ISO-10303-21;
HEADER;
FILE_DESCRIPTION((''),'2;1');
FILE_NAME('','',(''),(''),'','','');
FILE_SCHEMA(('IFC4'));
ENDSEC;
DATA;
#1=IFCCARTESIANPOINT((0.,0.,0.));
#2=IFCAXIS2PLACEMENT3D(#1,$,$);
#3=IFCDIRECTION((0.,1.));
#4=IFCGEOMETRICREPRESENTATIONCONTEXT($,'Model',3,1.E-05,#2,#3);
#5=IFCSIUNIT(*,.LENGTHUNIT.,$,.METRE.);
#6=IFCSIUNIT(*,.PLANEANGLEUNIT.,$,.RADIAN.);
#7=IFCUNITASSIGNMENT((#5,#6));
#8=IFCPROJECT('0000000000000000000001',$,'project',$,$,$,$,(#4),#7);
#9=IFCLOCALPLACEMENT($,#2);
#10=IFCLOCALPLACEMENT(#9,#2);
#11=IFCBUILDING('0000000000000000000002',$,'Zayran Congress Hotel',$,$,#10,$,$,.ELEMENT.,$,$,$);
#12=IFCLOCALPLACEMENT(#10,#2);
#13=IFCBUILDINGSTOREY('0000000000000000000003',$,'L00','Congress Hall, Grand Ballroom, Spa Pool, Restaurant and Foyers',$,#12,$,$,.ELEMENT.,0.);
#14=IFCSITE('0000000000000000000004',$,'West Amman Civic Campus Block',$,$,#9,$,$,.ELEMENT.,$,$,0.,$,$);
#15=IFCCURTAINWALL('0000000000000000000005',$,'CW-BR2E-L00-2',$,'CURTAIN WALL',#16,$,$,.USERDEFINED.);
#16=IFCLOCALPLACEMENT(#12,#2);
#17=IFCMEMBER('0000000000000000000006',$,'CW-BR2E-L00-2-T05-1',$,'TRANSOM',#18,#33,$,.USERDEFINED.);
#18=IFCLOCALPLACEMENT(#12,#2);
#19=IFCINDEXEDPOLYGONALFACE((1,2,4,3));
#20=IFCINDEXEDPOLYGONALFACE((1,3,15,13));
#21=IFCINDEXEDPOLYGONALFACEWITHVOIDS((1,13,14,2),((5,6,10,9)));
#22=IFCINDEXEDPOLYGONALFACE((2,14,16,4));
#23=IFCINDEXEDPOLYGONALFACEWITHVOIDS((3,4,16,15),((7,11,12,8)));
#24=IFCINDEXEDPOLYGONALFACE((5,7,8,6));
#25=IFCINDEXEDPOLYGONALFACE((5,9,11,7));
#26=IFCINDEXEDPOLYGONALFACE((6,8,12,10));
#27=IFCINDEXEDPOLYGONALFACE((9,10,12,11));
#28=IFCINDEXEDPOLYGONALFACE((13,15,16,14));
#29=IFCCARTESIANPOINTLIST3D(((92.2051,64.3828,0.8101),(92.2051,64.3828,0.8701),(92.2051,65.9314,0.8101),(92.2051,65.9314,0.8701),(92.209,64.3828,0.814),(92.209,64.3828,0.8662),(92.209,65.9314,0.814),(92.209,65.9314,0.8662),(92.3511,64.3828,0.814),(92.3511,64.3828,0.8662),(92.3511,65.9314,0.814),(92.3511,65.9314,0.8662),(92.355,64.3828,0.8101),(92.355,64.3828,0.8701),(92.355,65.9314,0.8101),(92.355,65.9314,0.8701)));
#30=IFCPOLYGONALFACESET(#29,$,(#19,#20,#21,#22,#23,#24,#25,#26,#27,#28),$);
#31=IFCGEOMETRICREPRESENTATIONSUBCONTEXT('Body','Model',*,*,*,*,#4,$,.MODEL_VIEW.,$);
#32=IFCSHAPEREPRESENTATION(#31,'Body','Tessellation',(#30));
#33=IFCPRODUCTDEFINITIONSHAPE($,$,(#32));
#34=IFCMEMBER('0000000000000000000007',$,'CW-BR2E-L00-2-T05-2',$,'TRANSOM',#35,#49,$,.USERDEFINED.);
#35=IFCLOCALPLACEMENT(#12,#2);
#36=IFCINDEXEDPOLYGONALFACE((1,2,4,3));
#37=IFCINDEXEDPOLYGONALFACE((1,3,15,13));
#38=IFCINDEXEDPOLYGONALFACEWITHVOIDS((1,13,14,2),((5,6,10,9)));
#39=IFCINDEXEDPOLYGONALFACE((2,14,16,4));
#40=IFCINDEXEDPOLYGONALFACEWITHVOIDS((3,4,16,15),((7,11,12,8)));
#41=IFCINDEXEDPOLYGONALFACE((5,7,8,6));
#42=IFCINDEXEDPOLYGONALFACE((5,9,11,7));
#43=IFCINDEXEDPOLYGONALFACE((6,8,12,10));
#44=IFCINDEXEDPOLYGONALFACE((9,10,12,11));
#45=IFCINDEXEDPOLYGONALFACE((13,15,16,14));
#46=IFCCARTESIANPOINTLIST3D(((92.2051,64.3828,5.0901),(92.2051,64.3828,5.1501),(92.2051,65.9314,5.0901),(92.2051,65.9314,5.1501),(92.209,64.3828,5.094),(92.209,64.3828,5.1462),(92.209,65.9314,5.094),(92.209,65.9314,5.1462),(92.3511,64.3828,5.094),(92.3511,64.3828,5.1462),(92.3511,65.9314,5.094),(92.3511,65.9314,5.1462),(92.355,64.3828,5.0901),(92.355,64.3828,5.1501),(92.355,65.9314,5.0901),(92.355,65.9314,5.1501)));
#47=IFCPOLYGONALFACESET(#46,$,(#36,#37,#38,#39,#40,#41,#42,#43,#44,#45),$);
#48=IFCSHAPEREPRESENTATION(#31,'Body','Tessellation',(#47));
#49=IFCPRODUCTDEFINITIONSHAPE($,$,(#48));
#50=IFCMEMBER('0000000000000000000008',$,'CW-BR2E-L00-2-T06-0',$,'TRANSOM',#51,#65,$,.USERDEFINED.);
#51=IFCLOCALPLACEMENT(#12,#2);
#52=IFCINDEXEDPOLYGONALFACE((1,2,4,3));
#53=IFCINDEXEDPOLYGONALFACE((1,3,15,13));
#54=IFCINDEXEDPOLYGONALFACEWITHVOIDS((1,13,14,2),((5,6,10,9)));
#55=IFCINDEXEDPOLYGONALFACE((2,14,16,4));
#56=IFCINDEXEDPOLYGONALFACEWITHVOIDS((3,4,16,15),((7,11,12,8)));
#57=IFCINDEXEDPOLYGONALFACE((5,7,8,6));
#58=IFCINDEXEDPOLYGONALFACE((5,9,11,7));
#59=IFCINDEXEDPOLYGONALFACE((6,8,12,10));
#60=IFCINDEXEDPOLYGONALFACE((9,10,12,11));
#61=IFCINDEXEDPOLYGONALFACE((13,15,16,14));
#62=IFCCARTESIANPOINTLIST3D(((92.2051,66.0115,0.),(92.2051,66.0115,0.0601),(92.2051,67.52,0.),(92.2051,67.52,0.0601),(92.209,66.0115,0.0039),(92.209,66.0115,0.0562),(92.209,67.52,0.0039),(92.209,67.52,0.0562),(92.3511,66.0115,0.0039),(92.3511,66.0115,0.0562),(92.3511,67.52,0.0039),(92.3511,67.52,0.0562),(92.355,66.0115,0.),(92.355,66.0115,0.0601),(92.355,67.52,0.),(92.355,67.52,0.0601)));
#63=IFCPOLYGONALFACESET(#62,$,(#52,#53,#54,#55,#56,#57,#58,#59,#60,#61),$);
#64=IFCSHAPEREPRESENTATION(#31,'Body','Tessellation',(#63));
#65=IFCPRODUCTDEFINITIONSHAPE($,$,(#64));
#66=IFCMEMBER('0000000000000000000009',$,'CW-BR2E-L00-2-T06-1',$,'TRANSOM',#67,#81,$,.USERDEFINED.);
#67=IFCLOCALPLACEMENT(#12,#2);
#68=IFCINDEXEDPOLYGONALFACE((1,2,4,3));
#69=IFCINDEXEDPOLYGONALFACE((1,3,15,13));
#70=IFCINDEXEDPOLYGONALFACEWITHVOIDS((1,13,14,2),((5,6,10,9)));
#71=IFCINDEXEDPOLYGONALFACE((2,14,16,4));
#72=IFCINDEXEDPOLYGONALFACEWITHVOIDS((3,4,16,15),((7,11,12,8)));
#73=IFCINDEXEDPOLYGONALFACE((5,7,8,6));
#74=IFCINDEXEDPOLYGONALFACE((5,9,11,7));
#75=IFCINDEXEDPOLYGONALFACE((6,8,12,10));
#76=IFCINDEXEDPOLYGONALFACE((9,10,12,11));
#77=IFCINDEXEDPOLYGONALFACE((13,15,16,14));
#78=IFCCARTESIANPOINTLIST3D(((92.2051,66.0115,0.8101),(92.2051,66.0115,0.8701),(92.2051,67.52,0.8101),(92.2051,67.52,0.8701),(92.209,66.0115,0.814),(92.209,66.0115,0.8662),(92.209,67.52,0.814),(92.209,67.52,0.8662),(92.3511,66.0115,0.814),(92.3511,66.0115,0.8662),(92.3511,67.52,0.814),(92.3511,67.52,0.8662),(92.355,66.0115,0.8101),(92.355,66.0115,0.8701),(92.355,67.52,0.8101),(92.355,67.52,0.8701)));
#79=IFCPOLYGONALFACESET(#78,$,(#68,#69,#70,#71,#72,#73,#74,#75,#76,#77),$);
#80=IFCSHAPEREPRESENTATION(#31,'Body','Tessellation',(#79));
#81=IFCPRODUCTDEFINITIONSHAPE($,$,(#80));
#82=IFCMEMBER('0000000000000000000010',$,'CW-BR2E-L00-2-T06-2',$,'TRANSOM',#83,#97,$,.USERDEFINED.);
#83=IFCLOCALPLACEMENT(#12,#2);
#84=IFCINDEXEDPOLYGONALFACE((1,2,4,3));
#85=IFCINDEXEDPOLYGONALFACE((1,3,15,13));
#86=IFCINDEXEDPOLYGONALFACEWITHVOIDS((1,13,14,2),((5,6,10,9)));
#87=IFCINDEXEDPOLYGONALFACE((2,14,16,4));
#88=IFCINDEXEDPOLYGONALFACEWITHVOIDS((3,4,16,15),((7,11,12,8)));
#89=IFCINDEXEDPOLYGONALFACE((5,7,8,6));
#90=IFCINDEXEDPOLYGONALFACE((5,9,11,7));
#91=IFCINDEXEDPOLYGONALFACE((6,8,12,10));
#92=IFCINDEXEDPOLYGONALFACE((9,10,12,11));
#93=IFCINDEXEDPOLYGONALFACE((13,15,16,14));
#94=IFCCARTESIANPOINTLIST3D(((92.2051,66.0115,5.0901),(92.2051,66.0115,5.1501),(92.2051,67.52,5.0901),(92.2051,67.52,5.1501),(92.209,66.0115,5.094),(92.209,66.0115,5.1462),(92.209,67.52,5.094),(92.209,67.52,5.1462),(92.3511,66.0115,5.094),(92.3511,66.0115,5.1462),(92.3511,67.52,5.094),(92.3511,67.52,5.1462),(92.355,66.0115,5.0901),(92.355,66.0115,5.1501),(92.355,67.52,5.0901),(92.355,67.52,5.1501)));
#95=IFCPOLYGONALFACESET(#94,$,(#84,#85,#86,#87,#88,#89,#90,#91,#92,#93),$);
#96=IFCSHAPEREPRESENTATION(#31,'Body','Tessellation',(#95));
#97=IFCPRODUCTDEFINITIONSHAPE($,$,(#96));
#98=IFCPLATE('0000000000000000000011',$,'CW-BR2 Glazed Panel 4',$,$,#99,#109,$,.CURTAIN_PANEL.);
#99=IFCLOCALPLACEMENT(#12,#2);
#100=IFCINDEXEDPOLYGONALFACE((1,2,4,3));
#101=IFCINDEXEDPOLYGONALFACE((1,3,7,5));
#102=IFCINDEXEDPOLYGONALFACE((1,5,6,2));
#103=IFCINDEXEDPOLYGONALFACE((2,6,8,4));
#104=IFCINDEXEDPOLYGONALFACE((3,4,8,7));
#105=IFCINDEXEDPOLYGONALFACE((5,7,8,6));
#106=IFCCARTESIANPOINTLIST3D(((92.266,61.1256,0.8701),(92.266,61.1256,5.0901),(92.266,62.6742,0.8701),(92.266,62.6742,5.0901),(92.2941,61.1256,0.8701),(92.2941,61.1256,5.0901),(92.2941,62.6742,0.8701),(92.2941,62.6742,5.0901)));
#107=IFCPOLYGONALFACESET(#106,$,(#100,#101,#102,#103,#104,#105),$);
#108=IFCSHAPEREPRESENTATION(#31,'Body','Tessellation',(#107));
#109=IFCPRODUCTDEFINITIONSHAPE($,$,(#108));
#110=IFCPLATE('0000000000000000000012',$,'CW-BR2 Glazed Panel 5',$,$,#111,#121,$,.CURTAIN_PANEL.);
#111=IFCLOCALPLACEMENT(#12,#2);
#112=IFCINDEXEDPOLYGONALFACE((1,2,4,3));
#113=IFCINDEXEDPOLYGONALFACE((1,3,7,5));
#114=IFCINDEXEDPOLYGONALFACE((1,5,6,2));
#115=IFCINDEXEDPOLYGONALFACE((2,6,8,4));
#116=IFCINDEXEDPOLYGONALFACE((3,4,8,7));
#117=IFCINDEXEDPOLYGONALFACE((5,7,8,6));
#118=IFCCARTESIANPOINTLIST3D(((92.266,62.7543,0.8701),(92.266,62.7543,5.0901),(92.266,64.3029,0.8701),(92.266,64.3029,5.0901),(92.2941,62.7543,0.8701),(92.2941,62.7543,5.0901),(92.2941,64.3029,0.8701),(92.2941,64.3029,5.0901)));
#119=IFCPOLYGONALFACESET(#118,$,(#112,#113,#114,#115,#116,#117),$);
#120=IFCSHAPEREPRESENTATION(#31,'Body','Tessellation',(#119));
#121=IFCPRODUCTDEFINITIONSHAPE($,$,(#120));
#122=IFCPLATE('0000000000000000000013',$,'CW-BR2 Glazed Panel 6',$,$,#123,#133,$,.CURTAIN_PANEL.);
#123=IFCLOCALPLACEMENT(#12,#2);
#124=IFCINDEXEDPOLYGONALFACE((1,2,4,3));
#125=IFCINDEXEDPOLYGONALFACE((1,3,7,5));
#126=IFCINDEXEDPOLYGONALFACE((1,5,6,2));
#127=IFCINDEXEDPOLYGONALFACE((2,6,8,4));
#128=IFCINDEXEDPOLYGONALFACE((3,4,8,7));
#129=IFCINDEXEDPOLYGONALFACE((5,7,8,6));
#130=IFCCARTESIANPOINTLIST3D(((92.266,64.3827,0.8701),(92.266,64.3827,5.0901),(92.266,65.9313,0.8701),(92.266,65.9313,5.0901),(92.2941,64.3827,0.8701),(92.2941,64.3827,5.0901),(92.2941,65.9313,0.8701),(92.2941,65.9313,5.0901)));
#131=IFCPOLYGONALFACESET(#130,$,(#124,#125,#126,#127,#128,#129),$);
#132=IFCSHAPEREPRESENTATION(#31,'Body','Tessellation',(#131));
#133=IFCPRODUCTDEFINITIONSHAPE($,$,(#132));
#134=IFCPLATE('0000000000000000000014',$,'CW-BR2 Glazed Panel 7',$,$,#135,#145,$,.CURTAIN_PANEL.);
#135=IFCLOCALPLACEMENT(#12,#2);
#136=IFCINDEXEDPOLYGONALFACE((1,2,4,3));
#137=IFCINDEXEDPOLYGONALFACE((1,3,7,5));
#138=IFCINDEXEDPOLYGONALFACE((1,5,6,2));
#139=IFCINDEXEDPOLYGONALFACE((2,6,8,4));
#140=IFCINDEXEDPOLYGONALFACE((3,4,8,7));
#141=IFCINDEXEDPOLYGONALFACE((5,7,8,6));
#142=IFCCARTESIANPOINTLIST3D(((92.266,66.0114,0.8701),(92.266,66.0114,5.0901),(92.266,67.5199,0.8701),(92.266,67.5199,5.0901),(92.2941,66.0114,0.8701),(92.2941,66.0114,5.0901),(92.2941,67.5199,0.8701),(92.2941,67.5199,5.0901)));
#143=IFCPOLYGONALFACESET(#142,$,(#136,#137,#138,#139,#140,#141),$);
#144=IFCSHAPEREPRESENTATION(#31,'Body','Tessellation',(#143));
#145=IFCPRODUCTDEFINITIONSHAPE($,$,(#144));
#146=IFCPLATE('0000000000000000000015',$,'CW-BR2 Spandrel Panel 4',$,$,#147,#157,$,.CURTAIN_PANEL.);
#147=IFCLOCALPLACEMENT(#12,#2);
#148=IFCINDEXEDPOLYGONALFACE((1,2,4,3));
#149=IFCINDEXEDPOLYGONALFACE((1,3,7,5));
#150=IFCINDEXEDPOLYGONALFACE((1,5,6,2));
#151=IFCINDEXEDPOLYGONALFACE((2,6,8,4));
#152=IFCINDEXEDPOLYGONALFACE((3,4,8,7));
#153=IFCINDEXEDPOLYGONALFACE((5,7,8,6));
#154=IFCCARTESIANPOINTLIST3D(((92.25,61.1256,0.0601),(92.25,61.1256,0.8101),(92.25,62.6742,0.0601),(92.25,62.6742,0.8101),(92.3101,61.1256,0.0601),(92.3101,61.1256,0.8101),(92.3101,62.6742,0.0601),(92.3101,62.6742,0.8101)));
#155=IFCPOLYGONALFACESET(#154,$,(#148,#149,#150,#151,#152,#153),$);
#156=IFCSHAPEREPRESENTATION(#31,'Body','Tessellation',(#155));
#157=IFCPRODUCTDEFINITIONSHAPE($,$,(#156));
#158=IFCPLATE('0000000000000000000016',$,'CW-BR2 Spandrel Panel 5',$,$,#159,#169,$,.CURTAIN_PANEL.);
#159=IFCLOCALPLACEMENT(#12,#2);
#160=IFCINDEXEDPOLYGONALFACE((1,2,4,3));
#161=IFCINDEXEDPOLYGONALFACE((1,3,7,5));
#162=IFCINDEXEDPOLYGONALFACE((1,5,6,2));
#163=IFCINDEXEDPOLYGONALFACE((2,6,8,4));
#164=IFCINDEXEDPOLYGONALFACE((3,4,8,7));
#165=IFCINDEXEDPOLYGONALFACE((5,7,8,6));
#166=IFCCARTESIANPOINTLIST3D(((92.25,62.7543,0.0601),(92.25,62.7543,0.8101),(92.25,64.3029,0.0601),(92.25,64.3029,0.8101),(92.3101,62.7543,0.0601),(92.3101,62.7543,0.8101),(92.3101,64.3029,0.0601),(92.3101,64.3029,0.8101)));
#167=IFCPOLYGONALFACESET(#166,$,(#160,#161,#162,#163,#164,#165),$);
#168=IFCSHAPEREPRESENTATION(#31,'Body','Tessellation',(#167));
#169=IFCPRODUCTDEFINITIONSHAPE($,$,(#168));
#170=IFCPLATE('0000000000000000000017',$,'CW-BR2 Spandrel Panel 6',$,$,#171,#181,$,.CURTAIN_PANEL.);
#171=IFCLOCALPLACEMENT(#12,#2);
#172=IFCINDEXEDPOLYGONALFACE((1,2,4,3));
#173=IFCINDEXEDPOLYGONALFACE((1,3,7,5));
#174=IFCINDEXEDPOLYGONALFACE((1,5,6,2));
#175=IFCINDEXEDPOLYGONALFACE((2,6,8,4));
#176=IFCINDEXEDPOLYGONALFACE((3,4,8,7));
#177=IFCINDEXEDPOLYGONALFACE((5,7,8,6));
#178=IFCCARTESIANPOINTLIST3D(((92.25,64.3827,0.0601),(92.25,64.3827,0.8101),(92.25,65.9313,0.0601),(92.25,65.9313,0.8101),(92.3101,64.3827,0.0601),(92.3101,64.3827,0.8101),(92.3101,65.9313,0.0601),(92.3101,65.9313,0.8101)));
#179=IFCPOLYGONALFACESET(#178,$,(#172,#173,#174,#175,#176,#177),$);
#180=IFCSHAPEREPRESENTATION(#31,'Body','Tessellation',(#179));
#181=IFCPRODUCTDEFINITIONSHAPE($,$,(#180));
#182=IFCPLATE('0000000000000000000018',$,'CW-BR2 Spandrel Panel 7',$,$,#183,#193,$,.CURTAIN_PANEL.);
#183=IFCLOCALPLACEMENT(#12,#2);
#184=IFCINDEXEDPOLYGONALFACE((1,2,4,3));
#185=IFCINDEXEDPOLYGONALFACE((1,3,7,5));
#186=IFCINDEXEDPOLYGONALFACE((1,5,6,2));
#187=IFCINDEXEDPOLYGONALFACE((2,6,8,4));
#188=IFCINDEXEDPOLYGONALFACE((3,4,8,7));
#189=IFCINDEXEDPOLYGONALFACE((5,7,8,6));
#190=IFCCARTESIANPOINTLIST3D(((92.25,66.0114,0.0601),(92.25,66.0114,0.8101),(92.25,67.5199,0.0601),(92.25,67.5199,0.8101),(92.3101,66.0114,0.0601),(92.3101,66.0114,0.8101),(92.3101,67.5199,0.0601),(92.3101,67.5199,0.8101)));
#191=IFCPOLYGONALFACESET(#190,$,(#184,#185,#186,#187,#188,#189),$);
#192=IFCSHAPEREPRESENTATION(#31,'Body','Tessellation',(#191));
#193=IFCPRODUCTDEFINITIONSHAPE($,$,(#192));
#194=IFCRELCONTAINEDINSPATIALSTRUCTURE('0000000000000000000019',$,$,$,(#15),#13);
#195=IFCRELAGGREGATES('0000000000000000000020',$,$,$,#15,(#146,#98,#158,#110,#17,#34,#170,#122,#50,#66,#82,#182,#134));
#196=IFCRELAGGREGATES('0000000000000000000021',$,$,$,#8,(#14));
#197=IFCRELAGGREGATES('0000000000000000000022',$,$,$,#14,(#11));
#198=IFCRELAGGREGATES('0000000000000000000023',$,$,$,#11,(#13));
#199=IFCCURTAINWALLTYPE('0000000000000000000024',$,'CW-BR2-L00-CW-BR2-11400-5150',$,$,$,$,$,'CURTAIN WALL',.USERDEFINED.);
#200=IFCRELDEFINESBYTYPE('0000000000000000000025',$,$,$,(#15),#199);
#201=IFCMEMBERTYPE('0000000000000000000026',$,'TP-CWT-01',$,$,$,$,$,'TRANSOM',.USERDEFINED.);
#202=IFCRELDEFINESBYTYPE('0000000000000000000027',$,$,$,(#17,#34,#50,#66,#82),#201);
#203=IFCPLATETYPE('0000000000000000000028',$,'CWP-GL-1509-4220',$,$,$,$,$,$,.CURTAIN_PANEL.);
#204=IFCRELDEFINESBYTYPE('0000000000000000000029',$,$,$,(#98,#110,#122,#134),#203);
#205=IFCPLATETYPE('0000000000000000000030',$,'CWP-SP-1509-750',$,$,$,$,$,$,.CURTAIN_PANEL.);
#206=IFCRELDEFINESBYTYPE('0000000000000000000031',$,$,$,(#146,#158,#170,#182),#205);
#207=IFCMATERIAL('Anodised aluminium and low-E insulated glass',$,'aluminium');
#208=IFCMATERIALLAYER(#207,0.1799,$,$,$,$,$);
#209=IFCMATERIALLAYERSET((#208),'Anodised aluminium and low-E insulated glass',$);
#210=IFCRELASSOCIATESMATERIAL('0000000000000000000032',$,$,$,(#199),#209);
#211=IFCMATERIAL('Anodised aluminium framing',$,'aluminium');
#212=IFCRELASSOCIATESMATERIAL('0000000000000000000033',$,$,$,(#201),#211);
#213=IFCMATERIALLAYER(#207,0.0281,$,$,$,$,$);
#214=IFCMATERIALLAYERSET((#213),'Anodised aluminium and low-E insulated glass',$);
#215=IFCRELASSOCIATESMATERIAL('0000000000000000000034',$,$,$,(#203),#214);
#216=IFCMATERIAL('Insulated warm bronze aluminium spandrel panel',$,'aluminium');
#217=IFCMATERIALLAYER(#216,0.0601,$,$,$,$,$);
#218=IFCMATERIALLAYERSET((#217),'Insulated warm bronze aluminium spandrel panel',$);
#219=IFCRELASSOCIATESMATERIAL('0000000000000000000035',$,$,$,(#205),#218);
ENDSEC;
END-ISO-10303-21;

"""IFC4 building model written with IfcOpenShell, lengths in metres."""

from ifc_helpers import new_model, si_unit, direction, frame, origin, origin_2d, place, context, subcontext, project, spatial, rectangle, hollow_rectangle, extrude, material, layer, layer_set, material_profile, profile_set, type_object, element, aggregate, save


model = new_model("IFC4")

# Units and contexts
model_context = context("Model", 3, precision=1e-05, world=origin(), true_north=direction((0.0, 1.0)))
body_context = subcontext(model_context, "Body", "Model", "MODEL_VIEW")
ifc_project = project(units=[si_unit("LENGTHUNIT", "METRE"), si_unit("PLANEANGLEUNIT", "RADIAN")], contexts=[model_context])

# Site, building, storey
site_placement = place(None, origin())
site = spatial("IfcSite", under=ifc_project, at=site_placement, Name="West Amman Civic Campus Block", CompositionType="ELEMENT", RefElevation=0.0)
building_placement = place(site_placement, origin())
building = spatial("IfcBuilding", under=site, at=building_placement, Name="Zayran Congress Hotel", CompositionType="ELEMENT")
storey_placement = place(building_placement, origin())
storey = spatial("IfcBuildingStorey", under=building, at=storey_placement, Name="L00", Description="Congress Hall, Grand Ballroom, Spa Pool, Restaurant and Foyers", CompositionType="ELEMENT", Elevation=0.0)

# Curtain wall, members, plates
ifc_material_1 = material(Name="Anodised aluminium and low-E insulated glass", Category="aluminium")
ifc_layer_1 = layer(ifc_material_1, 0.1799)
ifc_layer_set_1 = layer_set([ifc_layer_1], Name="Anodised aluminium and low-E insulated glass")
curtain_wall_type = type_object("IfcCurtainWallType", Name="CW-BR2-L00-CW-BR2-11400-5150", ElementType="CURTAIN WALL", PredefinedType="USERDEFINED", material=ifc_layer_set_1)
curtain_wall_placement = place(storey_placement, origin())
curtain_wall = element("IfcCurtainWall", 1, at=curtain_wall_placement, inside=storey, type_object=curtain_wall_type, Name="CW-BR2E-L00-2", ObjectType="CURTAIN WALL", PredefinedType="USERDEFINED")
ifc_material_2 = material(Name="Anodised aluminium framing", Category="aluminium")
ifc_material_profile_1 = material_profile(ifc_material_2, hollow_rectangle(XDim=0.0601, YDim=0.1499, WallThickness=0.0039, at=origin_2d()), Name="RHS 150x60x4")
ifc_profile_set_1 = profile_set([ifc_material_profile_1], Name="Anodised aluminium framing")
member_type_1 = type_object("IfcMemberType", Name="TP-CWT-01", ElementType="TRANSOM", PredefinedType="USERDEFINED", material=ifc_profile_set_1)
member_1_placement = place(storey_placement, frame((92.28, 64.3828, 0.8401), z_axis=(0.0, 1.0, 0.0), x_axis=(0.0, 0.0, 1.0)))
member_1 = element("IfcMember", 2, at=member_1_placement, type_object=member_type_1, Name="CW-BR2E-L00-2-T05-1", ObjectType="TRANSOM", PredefinedType="USERDEFINED", context=body_context, shape_type="SweptSolid", body=[
    extrude(hollow_rectangle(XDim=0.0601, YDim=0.1499, WallThickness=0.0039, at=origin_2d()), origin(), (0.0, 0.0, 1.0), 1.5486),
])
member_2_placement = place(storey_placement, frame((92.28, 64.3828, 5.1201), z_axis=(0.0, 1.0, 0.0), x_axis=(0.0, 0.0, 1.0)))
member_2 = element("IfcMember", 3, at=member_2_placement, type_object=member_type_1, Name="CW-BR2E-L00-2-T05-2", ObjectType="TRANSOM", PredefinedType="USERDEFINED", context=body_context, shape_type="SweptSolid", body=[
    extrude(hollow_rectangle(XDim=0.0601, YDim=0.1499, WallThickness=0.0039, at=origin_2d()), origin(), (0.0, 0.0, 1.0), 1.5486),
])
member_3_placement = place(storey_placement, frame((92.28, 66.0115, 0.03), z_axis=(0.0, 1.0, 0.0), x_axis=(0.0, 0.0, 1.0)))
member_3 = element("IfcMember", 4, at=member_3_placement, type_object=member_type_1, Name="CW-BR2E-L00-2-T06-0", ObjectType="TRANSOM", PredefinedType="USERDEFINED", context=body_context, shape_type="SweptSolid", body=[
    extrude(hollow_rectangle(XDim=0.0601, YDim=0.1499, WallThickness=0.0039, at=origin_2d()), origin(), (0.0, 0.0, 1.0), 1.5085),
])
member_4_placement = place(storey_placement, frame((92.28, 66.0115, 0.8401), z_axis=(0.0, 1.0, 0.0), x_axis=(0.0, 0.0, 1.0)))
member_4 = element("IfcMember", 5, at=member_4_placement, type_object=member_type_1, Name="CW-BR2E-L00-2-T06-1", ObjectType="TRANSOM", PredefinedType="USERDEFINED", context=body_context, shape_type="SweptSolid", body=[
    extrude(hollow_rectangle(XDim=0.0601, YDim=0.1499, WallThickness=0.0039, at=origin_2d()), origin(), (0.0, 0.0, 1.0), 1.5085),
])
member_5_placement = place(storey_placement, frame((92.28, 66.0115, 5.1201), z_axis=(0.0, 1.0, 0.0), x_axis=(0.0, 0.0, 1.0)))
member_5 = element("IfcMember", 6, at=member_5_placement, type_object=member_type_1, Name="CW-BR2E-L00-2-T06-2", ObjectType="TRANSOM", PredefinedType="USERDEFINED", context=body_context, shape_type="SweptSolid", body=[
    extrude(hollow_rectangle(XDim=0.0601, YDim=0.1499, WallThickness=0.0039, at=origin_2d()), origin(), (0.0, 0.0, 1.0), 1.5085),
])
ifc_layer_2 = layer(ifc_material_1, 0.0281)
ifc_layer_set_2 = layer_set([ifc_layer_2], Name="Anodised aluminium and low-E insulated glass")
plate_type_1 = type_object("IfcPlateType", Name="CWP-GL-1509-4220", PredefinedType="CURTAIN_PANEL", material=ifc_layer_set_2)
plate_1_placement = place(storey_placement, frame((92.28, 61.8999, 0.8701), z_axis=(0.0, 0.0, 1.0), x_axis=(0.0, 1.0, 0.0)))
plate_1 = element("IfcPlate", 7, at=plate_1_placement, type_object=plate_type_1, Name="CW-BR2 Glazed Panel 4", PredefinedType="CURTAIN_PANEL", context=body_context, shape_type="SweptSolid", body=[
    extrude(rectangle(XDim=1.5486, YDim=0.0281, at=origin_2d()), origin(), (0.0, 0.0, 1.0), 4.22),
])
plate_2_placement = place(storey_placement, frame((92.28, 63.5286, 0.8701), z_axis=(0.0, 0.0, 1.0), x_axis=(0.0, 1.0, 0.0)))
plate_2 = element("IfcPlate", 8, at=plate_2_placement, type_object=plate_type_1, Name="CW-BR2 Glazed Panel 5", PredefinedType="CURTAIN_PANEL", context=body_context, shape_type="SweptSolid", body=[
    extrude(rectangle(XDim=1.5486, YDim=0.0281, at=origin_2d()), origin(), (0.0, 0.0, 1.0), 4.22),
])
plate_3_placement = place(storey_placement, frame((92.28, 65.157, 0.8701), z_axis=(0.0, 0.0, 1.0), x_axis=(0.0, 1.0, 0.0)))
plate_3 = element("IfcPlate", 9, at=plate_3_placement, type_object=plate_type_1, Name="CW-BR2 Glazed Panel 6", PredefinedType="CURTAIN_PANEL", context=body_context, shape_type="SweptSolid", body=[
    extrude(rectangle(XDim=1.5486, YDim=0.0281, at=origin_2d()), origin(), (0.0, 0.0, 1.0), 4.22),
])
plate_4_placement = place(storey_placement, frame((92.28, 66.7656, 0.8701), z_axis=(0.0, 0.0, 1.0), x_axis=(0.0, 1.0, 0.0)))
plate_4 = element("IfcPlate", 10, at=plate_4_placement, type_object=plate_type_1, Name="CW-BR2 Glazed Panel 7", PredefinedType="CURTAIN_PANEL", context=body_context, shape_type="SweptSolid", body=[
    extrude(rectangle(XDim=1.5085, YDim=0.0281, at=origin_2d()), origin(), (0.0, 0.0, 1.0), 4.22),
])
ifc_material_3 = material(Name="Insulated warm bronze aluminium spandrel panel", Category="aluminium")
ifc_layer_3 = layer(ifc_material_3, 0.0601)
ifc_layer_set_3 = layer_set([ifc_layer_3], Name="Insulated warm bronze aluminium spandrel panel")
plate_type_2 = type_object("IfcPlateType", Name="CWP-SP-1509-750", PredefinedType="CURTAIN_PANEL", material=ifc_layer_set_3)
plate_5_placement = place(storey_placement, frame((92.28, 61.8999, 0.0601), z_axis=(0.0, 0.0, 1.0), x_axis=(0.0, 1.0, 0.0)))
plate_5 = element("IfcPlate", 11, at=plate_5_placement, type_object=plate_type_2, Name="CW-BR2 Spandrel Panel 4", PredefinedType="CURTAIN_PANEL", context=body_context, shape_type="SweptSolid", body=[
    extrude(rectangle(XDim=1.5486, YDim=0.0601, at=origin_2d()), origin(), (0.0, 0.0, 1.0), 0.75),
])
plate_6_placement = place(storey_placement, frame((92.28, 63.5286, 0.0601), z_axis=(0.0, 0.0, 1.0), x_axis=(0.0, 1.0, 0.0)))
plate_6 = element("IfcPlate", 12, at=plate_6_placement, type_object=plate_type_2, Name="CW-BR2 Spandrel Panel 5", PredefinedType="CURTAIN_PANEL", context=body_context, shape_type="SweptSolid", body=[
    extrude(rectangle(XDim=1.5486, YDim=0.0601, at=origin_2d()), origin(), (0.0, 0.0, 1.0), 0.75),
])
plate_7_placement = place(storey_placement, frame((92.28, 65.157, 0.0601), z_axis=(0.0, 0.0, 1.0), x_axis=(0.0, 1.0, 0.0)))
plate_7 = element("IfcPlate", 13, at=plate_7_placement, type_object=plate_type_2, Name="CW-BR2 Spandrel Panel 6", PredefinedType="CURTAIN_PANEL", context=body_context, shape_type="SweptSolid", body=[
    extrude(rectangle(XDim=1.5486, YDim=0.0601, at=origin_2d()), origin(), (0.0, 0.0, 1.0), 0.75),
])
plate_8_placement = place(storey_placement, frame((92.28, 66.7656, 0.0601), z_axis=(0.0, 0.0, 1.0), x_axis=(0.0, 1.0, 0.0)))
plate_8 = element("IfcPlate", 14, at=plate_8_placement, type_object=plate_type_2, Name="CW-BR2 Spandrel Panel 7", PredefinedType="CURTAIN_PANEL", context=body_context, shape_type="SweptSolid", body=[
    extrude(rectangle(XDim=1.5085, YDim=0.0601, at=origin_2d()), origin(), (0.0, 0.0, 1.0), 0.75),
])
aggregate(curtain_wall, [plate_5, plate_1, plate_6, plate_2, member_1, member_2, plate_7, plate_3, member_3, member_4, member_5, plate_8, plate_4])

save(model, "model.ifc")
